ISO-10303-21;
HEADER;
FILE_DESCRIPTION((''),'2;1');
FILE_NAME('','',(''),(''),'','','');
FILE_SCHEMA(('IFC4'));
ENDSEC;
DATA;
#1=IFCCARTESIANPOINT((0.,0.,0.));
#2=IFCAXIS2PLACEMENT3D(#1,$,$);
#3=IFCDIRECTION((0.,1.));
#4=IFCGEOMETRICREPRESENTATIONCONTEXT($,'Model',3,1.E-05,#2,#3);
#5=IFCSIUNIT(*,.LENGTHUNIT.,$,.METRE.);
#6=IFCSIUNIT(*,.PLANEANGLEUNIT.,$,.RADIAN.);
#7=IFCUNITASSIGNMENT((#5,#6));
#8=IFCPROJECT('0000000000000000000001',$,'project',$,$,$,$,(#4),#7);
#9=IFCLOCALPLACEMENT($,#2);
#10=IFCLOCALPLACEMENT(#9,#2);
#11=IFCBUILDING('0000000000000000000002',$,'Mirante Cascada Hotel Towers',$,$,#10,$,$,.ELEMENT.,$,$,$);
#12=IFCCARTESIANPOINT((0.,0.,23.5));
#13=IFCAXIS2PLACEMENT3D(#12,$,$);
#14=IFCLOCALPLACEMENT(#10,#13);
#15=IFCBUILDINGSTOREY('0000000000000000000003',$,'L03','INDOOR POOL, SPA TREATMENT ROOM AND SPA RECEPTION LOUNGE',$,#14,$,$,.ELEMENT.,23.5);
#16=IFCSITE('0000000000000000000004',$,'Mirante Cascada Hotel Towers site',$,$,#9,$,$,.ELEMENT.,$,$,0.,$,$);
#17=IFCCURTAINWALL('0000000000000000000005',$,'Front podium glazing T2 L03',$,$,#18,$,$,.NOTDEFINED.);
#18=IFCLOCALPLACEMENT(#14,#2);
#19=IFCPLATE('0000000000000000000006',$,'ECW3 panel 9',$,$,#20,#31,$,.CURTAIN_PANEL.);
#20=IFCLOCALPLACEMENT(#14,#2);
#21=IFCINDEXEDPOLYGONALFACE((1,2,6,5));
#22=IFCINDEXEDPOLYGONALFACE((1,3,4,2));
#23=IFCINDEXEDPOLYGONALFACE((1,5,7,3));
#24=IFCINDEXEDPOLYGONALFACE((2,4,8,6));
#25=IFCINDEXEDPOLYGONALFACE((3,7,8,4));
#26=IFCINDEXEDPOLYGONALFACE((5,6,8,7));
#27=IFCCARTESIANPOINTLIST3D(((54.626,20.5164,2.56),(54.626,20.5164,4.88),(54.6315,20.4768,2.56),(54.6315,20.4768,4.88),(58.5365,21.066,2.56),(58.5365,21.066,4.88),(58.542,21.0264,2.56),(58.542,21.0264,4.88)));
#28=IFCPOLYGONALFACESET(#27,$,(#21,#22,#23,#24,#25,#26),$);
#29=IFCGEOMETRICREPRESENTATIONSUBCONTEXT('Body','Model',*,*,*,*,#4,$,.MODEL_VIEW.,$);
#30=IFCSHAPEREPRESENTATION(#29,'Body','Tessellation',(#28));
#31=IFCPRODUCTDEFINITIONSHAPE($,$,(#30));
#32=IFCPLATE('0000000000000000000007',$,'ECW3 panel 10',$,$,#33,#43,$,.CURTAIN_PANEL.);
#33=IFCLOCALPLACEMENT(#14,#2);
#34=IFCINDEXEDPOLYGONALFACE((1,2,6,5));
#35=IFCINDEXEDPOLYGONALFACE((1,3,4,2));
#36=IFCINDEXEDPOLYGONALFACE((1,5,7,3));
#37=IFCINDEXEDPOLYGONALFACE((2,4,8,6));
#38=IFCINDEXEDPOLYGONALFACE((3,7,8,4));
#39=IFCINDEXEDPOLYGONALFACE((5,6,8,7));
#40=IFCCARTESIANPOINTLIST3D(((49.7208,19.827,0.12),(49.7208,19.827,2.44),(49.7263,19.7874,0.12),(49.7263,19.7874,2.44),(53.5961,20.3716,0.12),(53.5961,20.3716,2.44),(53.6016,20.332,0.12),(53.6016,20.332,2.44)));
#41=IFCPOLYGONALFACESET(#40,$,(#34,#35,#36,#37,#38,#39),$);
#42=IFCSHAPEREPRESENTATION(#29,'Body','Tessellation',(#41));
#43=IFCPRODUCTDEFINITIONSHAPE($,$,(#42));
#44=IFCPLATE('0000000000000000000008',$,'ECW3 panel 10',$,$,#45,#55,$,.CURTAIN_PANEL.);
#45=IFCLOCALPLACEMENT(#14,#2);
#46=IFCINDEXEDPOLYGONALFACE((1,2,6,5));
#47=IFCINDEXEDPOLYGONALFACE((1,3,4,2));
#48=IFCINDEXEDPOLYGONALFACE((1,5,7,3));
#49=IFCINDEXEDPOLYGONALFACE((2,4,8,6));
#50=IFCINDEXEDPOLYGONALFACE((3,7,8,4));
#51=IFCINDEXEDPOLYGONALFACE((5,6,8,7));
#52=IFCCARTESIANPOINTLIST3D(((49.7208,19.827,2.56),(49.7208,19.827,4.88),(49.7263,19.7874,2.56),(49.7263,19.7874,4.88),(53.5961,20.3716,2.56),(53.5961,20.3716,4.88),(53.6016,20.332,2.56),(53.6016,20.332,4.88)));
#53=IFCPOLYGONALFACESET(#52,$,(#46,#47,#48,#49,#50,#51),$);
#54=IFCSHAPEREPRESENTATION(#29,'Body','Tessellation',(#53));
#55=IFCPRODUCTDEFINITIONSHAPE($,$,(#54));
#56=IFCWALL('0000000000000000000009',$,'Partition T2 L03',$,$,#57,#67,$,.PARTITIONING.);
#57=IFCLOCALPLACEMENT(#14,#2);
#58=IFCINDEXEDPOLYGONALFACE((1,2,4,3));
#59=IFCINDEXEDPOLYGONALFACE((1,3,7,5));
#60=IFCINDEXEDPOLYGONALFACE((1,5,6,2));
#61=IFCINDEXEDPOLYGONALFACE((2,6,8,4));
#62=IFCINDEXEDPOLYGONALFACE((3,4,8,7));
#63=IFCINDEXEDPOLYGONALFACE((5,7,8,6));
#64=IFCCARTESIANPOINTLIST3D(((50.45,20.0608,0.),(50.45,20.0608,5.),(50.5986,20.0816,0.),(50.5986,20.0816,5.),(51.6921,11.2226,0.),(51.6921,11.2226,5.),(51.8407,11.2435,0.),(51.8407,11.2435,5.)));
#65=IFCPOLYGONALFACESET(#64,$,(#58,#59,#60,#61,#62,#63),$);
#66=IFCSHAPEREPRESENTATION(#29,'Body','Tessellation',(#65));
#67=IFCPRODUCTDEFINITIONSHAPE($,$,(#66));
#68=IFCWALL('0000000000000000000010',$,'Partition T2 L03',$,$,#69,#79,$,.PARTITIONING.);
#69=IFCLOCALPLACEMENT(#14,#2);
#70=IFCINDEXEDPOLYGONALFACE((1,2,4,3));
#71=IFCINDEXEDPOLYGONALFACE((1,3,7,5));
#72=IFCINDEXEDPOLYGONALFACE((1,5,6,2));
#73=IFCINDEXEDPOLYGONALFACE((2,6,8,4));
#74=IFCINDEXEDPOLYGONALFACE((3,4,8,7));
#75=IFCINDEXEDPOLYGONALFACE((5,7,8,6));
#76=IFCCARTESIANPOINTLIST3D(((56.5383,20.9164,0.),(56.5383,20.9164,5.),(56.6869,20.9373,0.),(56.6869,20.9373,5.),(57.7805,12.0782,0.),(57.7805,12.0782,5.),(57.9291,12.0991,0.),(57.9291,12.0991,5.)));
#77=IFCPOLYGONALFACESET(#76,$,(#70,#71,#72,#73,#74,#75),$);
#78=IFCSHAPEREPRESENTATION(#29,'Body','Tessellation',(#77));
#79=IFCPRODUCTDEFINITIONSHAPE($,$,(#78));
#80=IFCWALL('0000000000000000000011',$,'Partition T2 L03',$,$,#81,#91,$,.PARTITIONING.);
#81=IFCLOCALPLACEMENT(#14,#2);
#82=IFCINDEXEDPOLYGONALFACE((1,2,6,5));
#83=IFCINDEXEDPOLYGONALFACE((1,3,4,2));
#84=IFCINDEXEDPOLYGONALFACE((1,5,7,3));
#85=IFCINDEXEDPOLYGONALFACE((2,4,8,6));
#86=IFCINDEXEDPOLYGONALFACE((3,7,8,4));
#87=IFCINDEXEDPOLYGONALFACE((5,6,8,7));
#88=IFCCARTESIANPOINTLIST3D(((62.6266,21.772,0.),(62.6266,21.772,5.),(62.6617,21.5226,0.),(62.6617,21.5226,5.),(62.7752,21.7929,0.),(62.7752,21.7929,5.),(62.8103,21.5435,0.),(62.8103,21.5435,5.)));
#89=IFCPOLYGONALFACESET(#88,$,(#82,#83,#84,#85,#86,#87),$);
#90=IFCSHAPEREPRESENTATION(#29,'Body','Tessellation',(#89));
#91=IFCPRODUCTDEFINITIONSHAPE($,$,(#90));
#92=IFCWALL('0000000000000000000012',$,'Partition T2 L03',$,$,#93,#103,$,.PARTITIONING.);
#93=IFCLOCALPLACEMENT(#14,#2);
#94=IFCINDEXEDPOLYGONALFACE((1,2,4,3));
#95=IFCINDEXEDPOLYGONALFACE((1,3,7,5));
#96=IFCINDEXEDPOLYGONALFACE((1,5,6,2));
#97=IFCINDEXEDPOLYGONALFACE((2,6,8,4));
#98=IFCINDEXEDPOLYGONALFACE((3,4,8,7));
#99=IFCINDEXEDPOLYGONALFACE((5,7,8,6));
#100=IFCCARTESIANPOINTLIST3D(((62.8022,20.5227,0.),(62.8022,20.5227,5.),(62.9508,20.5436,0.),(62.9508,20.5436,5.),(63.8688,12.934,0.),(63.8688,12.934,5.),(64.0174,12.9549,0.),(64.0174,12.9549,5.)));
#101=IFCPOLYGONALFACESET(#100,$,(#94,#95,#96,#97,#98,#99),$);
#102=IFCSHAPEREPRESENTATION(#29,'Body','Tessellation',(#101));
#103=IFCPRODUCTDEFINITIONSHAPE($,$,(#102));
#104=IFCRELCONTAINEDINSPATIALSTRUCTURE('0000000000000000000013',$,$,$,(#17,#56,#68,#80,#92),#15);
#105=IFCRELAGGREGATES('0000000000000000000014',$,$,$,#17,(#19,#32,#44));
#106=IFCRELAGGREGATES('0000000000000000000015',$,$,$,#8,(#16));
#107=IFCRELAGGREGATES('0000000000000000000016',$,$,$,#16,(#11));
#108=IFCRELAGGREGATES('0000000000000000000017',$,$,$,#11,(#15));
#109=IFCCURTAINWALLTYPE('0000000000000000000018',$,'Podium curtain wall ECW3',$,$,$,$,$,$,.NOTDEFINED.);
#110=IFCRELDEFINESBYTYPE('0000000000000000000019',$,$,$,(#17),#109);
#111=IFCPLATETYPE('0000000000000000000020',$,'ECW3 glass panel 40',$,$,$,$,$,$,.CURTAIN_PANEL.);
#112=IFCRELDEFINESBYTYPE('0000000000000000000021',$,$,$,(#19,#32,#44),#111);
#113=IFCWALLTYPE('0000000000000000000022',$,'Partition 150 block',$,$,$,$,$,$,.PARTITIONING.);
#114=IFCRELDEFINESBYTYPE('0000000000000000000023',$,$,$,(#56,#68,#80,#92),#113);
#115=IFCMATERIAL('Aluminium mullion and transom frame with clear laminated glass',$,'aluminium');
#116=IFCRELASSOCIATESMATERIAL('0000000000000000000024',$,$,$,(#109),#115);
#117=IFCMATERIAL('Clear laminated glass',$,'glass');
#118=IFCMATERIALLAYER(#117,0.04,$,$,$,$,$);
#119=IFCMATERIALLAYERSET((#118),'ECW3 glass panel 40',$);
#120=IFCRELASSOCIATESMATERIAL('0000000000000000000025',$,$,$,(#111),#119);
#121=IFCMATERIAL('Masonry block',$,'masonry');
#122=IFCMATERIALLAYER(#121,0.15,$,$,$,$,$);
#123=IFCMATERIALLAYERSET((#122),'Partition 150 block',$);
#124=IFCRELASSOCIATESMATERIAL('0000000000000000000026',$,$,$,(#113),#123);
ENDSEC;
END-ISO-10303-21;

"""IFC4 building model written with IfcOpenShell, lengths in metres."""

from ifc_helpers import new_model, si_unit, direction, frame, frame_2d, origin, origin_2d, place, context, subcontext, project, spatial, rectangle, extrude, material, layer, layer_set, type_object, element, aggregate, save


model = new_model("IFC4")

# Units and contexts
model_context = context("Model", 3, precision=1e-05, world=origin(), true_north=direction((0.0, 1.0)))
body_context = subcontext(model_context, "Body", "Model", "MODEL_VIEW")
ifc_project = project(units=[si_unit("LENGTHUNIT", "METRE"), si_unit("PLANEANGLEUNIT", "RADIAN")], contexts=[model_context])

# Site, building, storey
site_placement = place(None, origin())
site = spatial("IfcSite", under=ifc_project, at=site_placement, Name="Mirante Cascada Hotel Towers site", CompositionType="ELEMENT", RefElevation=0.0)
building_placement = place(site_placement, origin())
building = spatial("IfcBuilding", under=site, at=building_placement, Name="Mirante Cascada Hotel Towers", CompositionType="ELEMENT")
storey_placement = place(building_placement, frame((0.0, 0.0, 23.5)))
storey = spatial("IfcBuildingStorey", under=building, at=storey_placement, Name="L03", Description="INDOOR POOL, SPA TREATMENT ROOM AND SPA RECEPTION LOUNGE", CompositionType="ELEMENT", Elevation=23.5)

# Curtain wall, plates
ifc_material_1 = material(Name="Aluminium mullion and transom frame with clear laminated glass", Category="aluminium")
curtain_wall_type = type_object("IfcCurtainWallType", Name="Podium curtain wall ECW3", PredefinedType="NOTDEFINED", material=ifc_material_1)
curtain_wall_placement = place(storey_placement, origin())
curtain_wall = element("IfcCurtainWall", 1, at=curtain_wall_placement, inside=storey, type_object=curtain_wall_type, Name="Front podium glazing T2 L03", PredefinedType="NOTDEFINED")
ifc_material_2 = material(Name="Clear laminated glass", Category="glass")
ifc_layer_1 = layer(ifc_material_2, 0.04)
ifc_layer_set_1 = layer_set([ifc_layer_1], Name="ECW3 glass panel 40")
plate_type = type_object("IfcPlateType", Name="ECW3 glass panel 40", PredefinedType="CURTAIN_PANEL", material=ifc_layer_set_1)
plate_1_placement = place(storey_placement, frame((56.584, 20.7714, 2.56), z_axis=(0.0, 0.0, 1.0), x_axis=(-0.990268, -0.139173, 0.0)))
plate_1 = element("IfcPlate", 2, at=plate_1_placement, type_object=plate_type, Name="ECW3 panel 9", PredefinedType="CURTAIN_PANEL", context=body_context, shape_type="SweptSolid", body=[
    extrude(rectangle(XDim=3.9489, YDim=0.04, at=origin_2d()), origin(), (0.0, 0.0, 1.0), 2.32),
])
plate_2_placement = place(storey_placement, frame((51.6612, 20.0795, 0.12), z_axis=(0.0, 0.0, 1.0), x_axis=(-0.990268, -0.139173, 0.0)))
plate_2 = element("IfcPlate", 3, at=plate_2_placement, type_object=plate_type, Name="ECW3 panel 10", PredefinedType="CURTAIN_PANEL", context=body_context, shape_type="SweptSolid", body=[
    extrude(rectangle(XDim=3.9134, YDim=0.04, at=origin_2d()), origin(), (0.0, 0.0, 1.0), 2.32),
])
plate_3_placement = place(storey_placement, frame((51.6612, 20.0795, 2.56), z_axis=(0.0, 0.0, 1.0), x_axis=(-0.990268, -0.139173, 0.0)))
plate_3 = element("IfcPlate", 4, at=plate_3_placement, type_object=plate_type, Name="ECW3 panel 10", PredefinedType="CURTAIN_PANEL", context=body_context, shape_type="SweptSolid", body=[
    extrude(rectangle(XDim=3.9134, YDim=0.04, at=origin_2d()), origin(), (0.0, 0.0, 1.0), 2.32),
])
aggregate(curtain_wall, [plate_1, plate_2, plate_3])

# Walls
ifc_material_3 = material(Name="Masonry block", Category="masonry")
ifc_layer_2 = layer(ifc_material_3, 0.15)
ifc_layer_set_2 = layer_set([ifc_layer_2], Name="Partition 150 block")
wall_type = type_object("IfcWallType", Name="Partition 150 block", PredefinedType="PARTITIONING", material=ifc_layer_set_2)
wall_1_placement = place(storey_placement, frame((50.5243, 20.0712, 0.0), z_axis=(0.0, 0.0, 1.0), x_axis=(0.139172, -0.990268, 0.0)))
element("IfcWall", 5, at=wall_1_placement, inside=storey, type_object=wall_type, Name="Partition T2 L03", PredefinedType="PARTITIONING", context=body_context, shape_type="SweptSolid", body=[
    extrude(rectangle(XDim=8.925, YDim=0.15, at=frame_2d((4.4625, 0.0))), origin(), (0.0, 0.0, 1.0), 5.0),
])
wall_2_placement = place(storey_placement, frame((56.6126, 20.9269, 0.0), z_axis=(0.0, 0.0, 1.0), x_axis=(0.139181, -0.990267, 0.0)))
element("IfcWall", 6, at=wall_2_placement, inside=storey, type_object=wall_type, Name="Partition T2 L03", PredefinedType="PARTITIONING", context=body_context, shape_type="SweptSolid", body=[
    extrude(rectangle(XDim=8.9251, YDim=0.15, at=frame_2d((4.4626, 0.0))), origin(), (0.0, 0.0, 1.0), 5.0),
])
wall_3_placement = place(storey_placement, frame((62.7009, 21.7825, 0.0), z_axis=(0.0, 0.0, 1.0), x_axis=(0.139364, -0.990241, 0.0)))
element("IfcWall", 7, at=wall_3_placement, inside=storey, type_object=wall_type, Name="Partition T2 L03", PredefinedType="PARTITIONING", context=body_context, shape_type="SweptSolid", body=[
    extrude(rectangle(XDim=0.2519, YDim=0.15, at=frame_2d((0.126, 0.0))), origin(), (0.0, 0.0, 1.0), 5.0),
])
wall_4_placement = place(storey_placement, frame((62.8765, 20.5331, 0.0), z_axis=(0.0, 0.0, 1.0), x_axis=(0.139183, -0.990267, 0.0)))
element("IfcWall", 8, at=wall_4_placement, inside=storey, type_object=wall_type, Name="Partition T2 L03", PredefinedType="PARTITIONING", context=body_context, shape_type="SweptSolid", body=[
    extrude(rectangle(XDim=7.6633, YDim=0.15, at=frame_2d((3.8316, 0.0))), origin(), (0.0, 0.0, 1.0), 5.0),
])

save(model, "model.ifc")
